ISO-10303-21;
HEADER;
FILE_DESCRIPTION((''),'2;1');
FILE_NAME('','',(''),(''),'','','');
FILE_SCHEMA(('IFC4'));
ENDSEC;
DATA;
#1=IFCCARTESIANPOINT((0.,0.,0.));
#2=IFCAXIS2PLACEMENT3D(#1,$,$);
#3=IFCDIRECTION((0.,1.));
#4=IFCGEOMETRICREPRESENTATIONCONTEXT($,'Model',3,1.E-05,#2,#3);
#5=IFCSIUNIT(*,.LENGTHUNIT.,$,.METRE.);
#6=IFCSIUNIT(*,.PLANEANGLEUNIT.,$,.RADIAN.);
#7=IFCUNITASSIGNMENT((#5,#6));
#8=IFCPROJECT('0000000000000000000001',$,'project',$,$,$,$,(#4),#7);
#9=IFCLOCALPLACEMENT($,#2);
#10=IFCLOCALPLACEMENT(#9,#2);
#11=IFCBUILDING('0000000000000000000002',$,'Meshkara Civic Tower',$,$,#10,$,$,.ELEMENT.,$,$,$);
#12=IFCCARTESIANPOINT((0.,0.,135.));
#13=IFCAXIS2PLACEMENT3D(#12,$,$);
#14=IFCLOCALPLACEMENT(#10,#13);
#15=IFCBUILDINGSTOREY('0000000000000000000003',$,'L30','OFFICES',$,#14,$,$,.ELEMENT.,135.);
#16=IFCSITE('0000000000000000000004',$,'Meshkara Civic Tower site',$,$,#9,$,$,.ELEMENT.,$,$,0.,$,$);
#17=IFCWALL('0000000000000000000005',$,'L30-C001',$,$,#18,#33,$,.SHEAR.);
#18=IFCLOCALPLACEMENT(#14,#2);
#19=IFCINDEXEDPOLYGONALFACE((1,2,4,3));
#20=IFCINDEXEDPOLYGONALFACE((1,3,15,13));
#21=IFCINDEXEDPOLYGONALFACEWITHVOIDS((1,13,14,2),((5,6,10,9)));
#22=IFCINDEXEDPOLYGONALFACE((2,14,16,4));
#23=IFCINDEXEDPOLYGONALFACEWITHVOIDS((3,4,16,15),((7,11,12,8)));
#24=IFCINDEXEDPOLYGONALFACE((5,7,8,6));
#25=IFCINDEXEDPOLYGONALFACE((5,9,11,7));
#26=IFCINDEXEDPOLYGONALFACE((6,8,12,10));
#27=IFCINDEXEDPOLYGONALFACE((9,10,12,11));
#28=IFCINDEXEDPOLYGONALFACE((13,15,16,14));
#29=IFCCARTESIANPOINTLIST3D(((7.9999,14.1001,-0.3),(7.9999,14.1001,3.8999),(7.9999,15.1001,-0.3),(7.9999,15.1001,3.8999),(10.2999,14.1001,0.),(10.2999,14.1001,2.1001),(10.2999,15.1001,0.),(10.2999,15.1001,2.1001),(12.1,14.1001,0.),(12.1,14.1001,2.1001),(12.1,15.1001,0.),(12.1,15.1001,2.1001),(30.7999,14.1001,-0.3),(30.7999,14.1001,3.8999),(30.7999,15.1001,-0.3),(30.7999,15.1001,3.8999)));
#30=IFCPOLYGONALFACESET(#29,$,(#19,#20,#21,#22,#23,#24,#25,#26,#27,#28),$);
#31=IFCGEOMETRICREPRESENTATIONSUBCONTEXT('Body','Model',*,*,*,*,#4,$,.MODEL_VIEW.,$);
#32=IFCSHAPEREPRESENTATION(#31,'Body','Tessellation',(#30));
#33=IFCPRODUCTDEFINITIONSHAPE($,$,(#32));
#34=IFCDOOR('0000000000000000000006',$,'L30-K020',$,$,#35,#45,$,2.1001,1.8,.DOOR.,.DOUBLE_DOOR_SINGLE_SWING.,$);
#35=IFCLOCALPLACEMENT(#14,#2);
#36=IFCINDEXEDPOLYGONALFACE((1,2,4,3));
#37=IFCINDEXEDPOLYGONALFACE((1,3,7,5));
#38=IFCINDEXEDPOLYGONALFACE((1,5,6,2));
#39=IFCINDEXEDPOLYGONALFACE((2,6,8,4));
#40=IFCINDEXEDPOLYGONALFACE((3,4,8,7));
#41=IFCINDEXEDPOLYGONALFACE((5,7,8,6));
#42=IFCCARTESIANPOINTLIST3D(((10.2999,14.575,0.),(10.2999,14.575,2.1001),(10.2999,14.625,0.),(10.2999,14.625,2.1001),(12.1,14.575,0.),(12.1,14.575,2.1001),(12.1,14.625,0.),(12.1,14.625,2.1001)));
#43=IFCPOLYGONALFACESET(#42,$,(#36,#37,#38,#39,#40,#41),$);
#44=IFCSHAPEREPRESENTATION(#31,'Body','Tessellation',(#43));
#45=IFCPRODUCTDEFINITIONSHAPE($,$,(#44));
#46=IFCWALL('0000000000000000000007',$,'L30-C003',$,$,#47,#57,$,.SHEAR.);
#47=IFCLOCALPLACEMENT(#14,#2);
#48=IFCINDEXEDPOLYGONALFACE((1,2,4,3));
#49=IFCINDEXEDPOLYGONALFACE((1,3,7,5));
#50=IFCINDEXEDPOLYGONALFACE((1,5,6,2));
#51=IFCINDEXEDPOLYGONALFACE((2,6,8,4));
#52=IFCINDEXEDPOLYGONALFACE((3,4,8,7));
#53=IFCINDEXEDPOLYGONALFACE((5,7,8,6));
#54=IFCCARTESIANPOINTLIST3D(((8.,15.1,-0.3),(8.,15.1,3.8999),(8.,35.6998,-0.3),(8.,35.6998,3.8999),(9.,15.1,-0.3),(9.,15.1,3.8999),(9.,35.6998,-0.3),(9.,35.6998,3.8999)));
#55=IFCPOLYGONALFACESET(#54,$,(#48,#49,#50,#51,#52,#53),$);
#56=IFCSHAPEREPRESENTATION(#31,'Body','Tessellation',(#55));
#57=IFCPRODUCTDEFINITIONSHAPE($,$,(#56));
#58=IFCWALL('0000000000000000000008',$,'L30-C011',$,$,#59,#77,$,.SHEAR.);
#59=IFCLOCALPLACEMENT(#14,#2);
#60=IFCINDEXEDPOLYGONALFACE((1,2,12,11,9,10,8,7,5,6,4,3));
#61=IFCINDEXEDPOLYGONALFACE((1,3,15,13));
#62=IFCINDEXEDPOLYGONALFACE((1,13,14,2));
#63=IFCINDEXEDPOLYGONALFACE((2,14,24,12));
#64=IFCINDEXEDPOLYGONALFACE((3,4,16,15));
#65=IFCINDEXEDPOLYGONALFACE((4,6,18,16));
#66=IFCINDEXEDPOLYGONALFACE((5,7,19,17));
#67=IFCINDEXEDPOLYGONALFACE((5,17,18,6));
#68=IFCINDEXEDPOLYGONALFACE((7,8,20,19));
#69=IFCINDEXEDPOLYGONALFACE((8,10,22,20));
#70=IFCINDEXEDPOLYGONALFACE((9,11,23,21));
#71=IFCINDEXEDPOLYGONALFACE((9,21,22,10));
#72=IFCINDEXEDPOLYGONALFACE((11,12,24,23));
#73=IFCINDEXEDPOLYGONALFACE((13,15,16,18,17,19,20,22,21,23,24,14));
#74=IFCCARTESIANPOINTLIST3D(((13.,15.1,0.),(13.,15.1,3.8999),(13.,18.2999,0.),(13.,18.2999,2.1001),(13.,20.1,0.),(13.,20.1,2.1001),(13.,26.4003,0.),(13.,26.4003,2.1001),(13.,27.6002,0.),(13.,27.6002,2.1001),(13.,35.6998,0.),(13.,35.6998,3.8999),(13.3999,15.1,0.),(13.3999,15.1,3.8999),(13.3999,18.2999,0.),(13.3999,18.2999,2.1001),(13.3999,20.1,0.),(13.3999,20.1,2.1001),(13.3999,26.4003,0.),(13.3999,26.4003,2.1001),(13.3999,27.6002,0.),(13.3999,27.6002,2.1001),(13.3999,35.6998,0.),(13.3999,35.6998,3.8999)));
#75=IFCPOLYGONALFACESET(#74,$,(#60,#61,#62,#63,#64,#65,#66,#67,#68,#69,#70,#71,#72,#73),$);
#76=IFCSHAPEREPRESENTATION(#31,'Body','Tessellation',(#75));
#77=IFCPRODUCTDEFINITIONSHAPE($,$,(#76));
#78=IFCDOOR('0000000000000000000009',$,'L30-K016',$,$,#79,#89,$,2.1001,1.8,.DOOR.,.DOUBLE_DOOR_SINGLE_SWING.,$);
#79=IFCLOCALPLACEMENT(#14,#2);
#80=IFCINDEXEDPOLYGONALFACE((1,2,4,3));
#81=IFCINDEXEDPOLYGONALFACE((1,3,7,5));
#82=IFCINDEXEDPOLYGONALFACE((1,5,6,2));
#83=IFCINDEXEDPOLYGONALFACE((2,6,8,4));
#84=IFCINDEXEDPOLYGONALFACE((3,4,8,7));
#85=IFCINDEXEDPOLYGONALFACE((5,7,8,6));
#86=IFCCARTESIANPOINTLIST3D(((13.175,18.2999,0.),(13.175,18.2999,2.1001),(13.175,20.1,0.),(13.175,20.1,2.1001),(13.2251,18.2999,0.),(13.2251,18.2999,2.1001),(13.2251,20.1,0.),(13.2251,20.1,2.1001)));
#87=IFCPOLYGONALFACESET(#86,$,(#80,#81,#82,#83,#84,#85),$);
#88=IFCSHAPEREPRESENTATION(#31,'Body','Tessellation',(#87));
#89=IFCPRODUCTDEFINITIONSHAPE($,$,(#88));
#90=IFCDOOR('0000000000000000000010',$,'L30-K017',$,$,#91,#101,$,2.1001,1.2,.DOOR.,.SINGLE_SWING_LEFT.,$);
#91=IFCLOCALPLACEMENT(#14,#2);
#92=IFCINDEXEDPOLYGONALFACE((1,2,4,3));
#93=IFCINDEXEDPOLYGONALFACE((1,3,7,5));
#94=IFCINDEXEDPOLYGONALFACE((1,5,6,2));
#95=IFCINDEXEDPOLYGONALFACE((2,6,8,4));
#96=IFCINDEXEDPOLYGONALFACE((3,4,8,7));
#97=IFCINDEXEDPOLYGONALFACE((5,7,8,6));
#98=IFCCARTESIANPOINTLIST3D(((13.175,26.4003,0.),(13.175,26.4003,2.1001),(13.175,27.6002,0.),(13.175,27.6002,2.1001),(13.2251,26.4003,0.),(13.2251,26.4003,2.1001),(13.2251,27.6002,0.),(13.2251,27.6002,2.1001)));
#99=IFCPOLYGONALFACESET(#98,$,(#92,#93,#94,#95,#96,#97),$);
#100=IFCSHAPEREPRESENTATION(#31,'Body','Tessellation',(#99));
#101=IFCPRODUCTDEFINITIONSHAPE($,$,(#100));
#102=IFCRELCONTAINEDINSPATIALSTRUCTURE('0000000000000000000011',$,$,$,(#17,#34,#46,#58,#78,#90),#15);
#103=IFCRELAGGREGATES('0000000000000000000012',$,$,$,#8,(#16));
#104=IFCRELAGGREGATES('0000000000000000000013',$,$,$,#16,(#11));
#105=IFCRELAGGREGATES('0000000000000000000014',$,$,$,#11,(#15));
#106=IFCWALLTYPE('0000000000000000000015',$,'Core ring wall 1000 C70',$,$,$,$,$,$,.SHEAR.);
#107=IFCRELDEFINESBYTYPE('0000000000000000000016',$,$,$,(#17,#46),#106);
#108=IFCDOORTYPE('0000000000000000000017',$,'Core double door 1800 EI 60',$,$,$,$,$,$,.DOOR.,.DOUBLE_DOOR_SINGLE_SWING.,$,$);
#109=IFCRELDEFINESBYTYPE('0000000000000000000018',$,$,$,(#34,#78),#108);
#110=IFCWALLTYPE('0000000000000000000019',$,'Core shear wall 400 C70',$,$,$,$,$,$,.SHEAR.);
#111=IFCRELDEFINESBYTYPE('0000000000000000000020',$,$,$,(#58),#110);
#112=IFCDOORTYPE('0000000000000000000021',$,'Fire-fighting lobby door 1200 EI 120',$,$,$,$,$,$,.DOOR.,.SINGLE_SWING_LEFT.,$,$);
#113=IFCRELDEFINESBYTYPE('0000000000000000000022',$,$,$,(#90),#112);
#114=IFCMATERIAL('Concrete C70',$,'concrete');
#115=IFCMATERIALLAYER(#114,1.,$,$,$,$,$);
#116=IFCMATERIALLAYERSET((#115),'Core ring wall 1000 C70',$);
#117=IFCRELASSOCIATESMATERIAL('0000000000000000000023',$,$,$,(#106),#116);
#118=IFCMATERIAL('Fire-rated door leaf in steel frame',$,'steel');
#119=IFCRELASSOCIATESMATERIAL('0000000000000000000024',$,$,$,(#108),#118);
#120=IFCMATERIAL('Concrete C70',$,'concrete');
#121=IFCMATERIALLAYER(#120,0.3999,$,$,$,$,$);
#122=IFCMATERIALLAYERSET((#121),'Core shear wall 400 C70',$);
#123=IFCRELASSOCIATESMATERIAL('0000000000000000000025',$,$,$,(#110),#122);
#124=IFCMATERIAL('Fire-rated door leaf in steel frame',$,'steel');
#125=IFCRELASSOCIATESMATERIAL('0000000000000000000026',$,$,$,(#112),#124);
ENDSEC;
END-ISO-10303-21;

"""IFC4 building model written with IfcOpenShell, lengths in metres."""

from ifc_helpers import new_model, si_unit, direction, frame, frame_2d, origin, place, context, subcontext, project, spatial, rectangle, extrude, material, layer, layer_set, type_object, element, fill, save


model = new_model("IFC4")

# Units and contexts
model_context = context("Model", 3, precision=1e-05, world=origin(), true_north=direction((0.0, 1.0)))
body_context = subcontext(model_context, "Body", "Model", "MODEL_VIEW")
ifc_project = project(units=[si_unit("LENGTHUNIT", "METRE"), si_unit("PLANEANGLEUNIT", "RADIAN")], contexts=[model_context])

# Site, building, storey
site_placement = place(None, origin())
site = spatial("IfcSite", under=ifc_project, at=site_placement, Name="Meshkara Civic Tower site", CompositionType="ELEMENT", RefElevation=0.0)
building_placement = place(site_placement, origin())
building = spatial("IfcBuilding", under=site, at=building_placement, Name="Meshkara Civic Tower", CompositionType="ELEMENT")
storey_placement = place(building_placement, frame((0.0, 0.0, 135.0)))
storey = spatial("IfcBuildingStorey", under=building, at=storey_placement, Name="L30", Description="OFFICES", CompositionType="ELEMENT", Elevation=135.0)

# Wall, opening, door
ifc_material_1 = material(Name="Concrete C70", Category="concrete")
ifc_layer_1 = layer(ifc_material_1, 1.0)
ifc_layer_set_1 = layer_set([ifc_layer_1], Name="Core ring wall 1000 C70")
wall_type_1 = type_object("IfcWallType", Name="Core ring wall 1000 C70", PredefinedType="SHEAR", material=ifc_layer_set_1)
wall_1_placement = place(storey_placement, frame((8.0, 14.6001, -0.3), z_axis=(0.0, 0.0, 1.0), x_axis=(1.0, 0.0, 0.0)))
wall_1 = element("IfcWall", 1, at=wall_1_placement, inside=storey, type_object=wall_type_1, Name="L30-C001", PredefinedType="SHEAR", context=body_context, shape_type="SweptSolid", body=[
    extrude(rectangle(XDim=22.8, YDim=1.0, at=frame_2d((11.3999, 0.0))), origin(), (0.0, 0.0, 1.0), 4.2),
])
opening_1_placement = place(wall_1_placement, frame((2.3, 0.0, 0.3)))
opening_1 = element("IfcOpeningElement", 2, at=opening_1_placement, cuts=wall_1, PredefinedType="OPENING", context=body_context, shape_type="SweptSolid", body=[
    extrude(rectangle(XDim=1.8, YDim=2.1001, at=frame_2d((0.8999, 1.05))), frame((0.0, 0.51, 0.0), z_axis=(0.0, -1.0, 0.0), x_axis=(1.0, 0.0, 0.0)), (0.0, 0.0, 1.0), 1.02),
])
ifc_material_2 = material(Name="Fire-rated door leaf in steel frame", Category="steel")
door_type_1 = type_object("IfcDoorType", Name="Core double door 1800 EI 60", OperationType="DOUBLE_DOOR_SINGLE_SWING", PredefinedType="DOOR", material=ifc_material_2)
door_1_placement = place(opening_1_placement, origin())
door_1 = element("IfcDoor", 3, at=door_1_placement, inside=storey, type_object=door_type_1, Name="L30-K020", OperationType="DOUBLE_DOOR_SINGLE_SWING", OverallHeight=2.1001, OverallWidth=1.8, PredefinedType="DOOR", context=body_context, shape_type="SweptSolid", body=[
    extrude(rectangle(XDim=1.8, YDim=2.1001, at=frame_2d((0.8999, 1.05))), frame((0.0, 0.0249, 0.0), z_axis=(0.0, -1.0, 0.0), x_axis=(1.0, 0.0, 0.0)), (0.0, 0.0, 1.0), 0.05),
])
fill(opening_1, door_1)

# Wall
wall_2_placement = place(storey_placement, frame((8.5, 15.1001, -0.3), z_axis=(0.0, 0.0, 1.0), x_axis=(0.0, 1.0, 0.0)))
element("IfcWall", 4, at=wall_2_placement, inside=storey, type_object=wall_type_1, Name="L30-C003", PredefinedType="SHEAR", context=body_context, shape_type="SweptSolid", body=[
    extrude(rectangle(XDim=20.5999, YDim=1.0, at=frame_2d((10.2998, 0.0))), origin(), (0.0, 0.0, 1.0), 4.2),
])

# Wall, openings, doors
ifc_material_3 = material(Name="Concrete C70", Category="concrete")
ifc_layer_2 = layer(ifc_material_3, 0.3999)
ifc_layer_set_2 = layer_set([ifc_layer_2], Name="Core shear wall 400 C70")
wall_type_2 = type_object("IfcWallType", Name="Core shear wall 400 C70", PredefinedType="SHEAR", material=ifc_layer_set_2)
wall_3_placement = place(storey_placement, frame((13.2, 15.1001, 0.0), z_axis=(0.0, 0.0, 1.0), x_axis=(0.0, 1.0, 0.0)))
wall_3 = element("IfcWall", 5, at=wall_3_placement, inside=storey, type_object=wall_type_2, Name="L30-C011", PredefinedType="SHEAR", context=body_context, shape_type="SweptSolid", body=[
    extrude(rectangle(XDim=20.5999, YDim=0.3999, at=frame_2d((10.2998, 0.0))), origin(), (0.0, 0.0, 1.0), 3.8999),
])
opening_2_placement = place(wall_3_placement, frame((3.2, 0.0, 0.0)))
opening_2 = element("IfcOpeningElement", 6, at=opening_2_placement, cuts=wall_3, PredefinedType="OPENING", context=body_context, shape_type="SweptSolid", body=[
    extrude(rectangle(XDim=1.8, YDim=2.1001, at=frame_2d((0.8999, 1.05))), frame((0.0, 0.21, 0.0), z_axis=(0.0, -1.0, 0.0), x_axis=(1.0, 0.0, 0.0)), (0.0, 0.0, 1.0), 0.4199),
])
opening_3_placement = place(wall_3_placement, frame((11.3, 0.0, 0.0)))
opening_3 = element("IfcOpeningElement", 7, at=opening_3_placement, cuts=wall_3, PredefinedType="OPENING", context=body_context, shape_type="SweptSolid", body=[
    extrude(rectangle(XDim=1.2, YDim=2.1001, at=frame_2d((0.6001, 1.05))), frame((0.0, 0.21, 0.0), z_axis=(0.0, -1.0, 0.0), x_axis=(1.0, 0.0, 0.0)), (0.0, 0.0, 1.0), 0.4199),
])
door_2_placement = place(opening_2_placement, origin())
door_2 = element("IfcDoor", 8, at=door_2_placement, inside=storey, type_object=door_type_1, Name="L30-K016", OperationType="DOUBLE_DOOR_SINGLE_SWING", OverallHeight=2.1001, OverallWidth=1.8, PredefinedType="DOOR", context=body_context, shape_type="SweptSolid", body=[
    extrude(rectangle(XDim=1.8, YDim=2.1001, at=frame_2d((0.8999, 1.05))), frame((0.0, 0.0249, 0.0), z_axis=(0.0, -1.0, 0.0), x_axis=(1.0, 0.0, 0.0)), (0.0, 0.0, 1.0), 0.05),
])
fill(opening_2, door_2)
ifc_material_4 = material(Name="Fire-rated door leaf in steel frame", Category="steel")
door_type_2 = type_object("IfcDoorType", Name="Fire-fighting lobby door 1200 EI 120", OperationType="SINGLE_SWING_LEFT", PredefinedType="DOOR", material=ifc_material_4)
door_3_placement = place(opening_3_placement, origin())
door_3 = element("IfcDoor", 9, at=door_3_placement, inside=storey, type_object=door_type_2, Name="L30-K017", OperationType="SINGLE_SWING_LEFT", OverallHeight=2.1001, OverallWidth=1.2, PredefinedType="DOOR", context=body_context, shape_type="SweptSolid", body=[
    extrude(rectangle(XDim=1.2, YDim=2.1001, at=frame_2d((0.6001, 1.05))), frame((0.0, 0.0249, 0.0), z_axis=(0.0, -1.0, 0.0), x_axis=(1.0, 0.0, 0.0)), (0.0, 0.0, 1.0), 0.05),
])
fill(opening_3, door_3)

save(model, "model.ifc")
